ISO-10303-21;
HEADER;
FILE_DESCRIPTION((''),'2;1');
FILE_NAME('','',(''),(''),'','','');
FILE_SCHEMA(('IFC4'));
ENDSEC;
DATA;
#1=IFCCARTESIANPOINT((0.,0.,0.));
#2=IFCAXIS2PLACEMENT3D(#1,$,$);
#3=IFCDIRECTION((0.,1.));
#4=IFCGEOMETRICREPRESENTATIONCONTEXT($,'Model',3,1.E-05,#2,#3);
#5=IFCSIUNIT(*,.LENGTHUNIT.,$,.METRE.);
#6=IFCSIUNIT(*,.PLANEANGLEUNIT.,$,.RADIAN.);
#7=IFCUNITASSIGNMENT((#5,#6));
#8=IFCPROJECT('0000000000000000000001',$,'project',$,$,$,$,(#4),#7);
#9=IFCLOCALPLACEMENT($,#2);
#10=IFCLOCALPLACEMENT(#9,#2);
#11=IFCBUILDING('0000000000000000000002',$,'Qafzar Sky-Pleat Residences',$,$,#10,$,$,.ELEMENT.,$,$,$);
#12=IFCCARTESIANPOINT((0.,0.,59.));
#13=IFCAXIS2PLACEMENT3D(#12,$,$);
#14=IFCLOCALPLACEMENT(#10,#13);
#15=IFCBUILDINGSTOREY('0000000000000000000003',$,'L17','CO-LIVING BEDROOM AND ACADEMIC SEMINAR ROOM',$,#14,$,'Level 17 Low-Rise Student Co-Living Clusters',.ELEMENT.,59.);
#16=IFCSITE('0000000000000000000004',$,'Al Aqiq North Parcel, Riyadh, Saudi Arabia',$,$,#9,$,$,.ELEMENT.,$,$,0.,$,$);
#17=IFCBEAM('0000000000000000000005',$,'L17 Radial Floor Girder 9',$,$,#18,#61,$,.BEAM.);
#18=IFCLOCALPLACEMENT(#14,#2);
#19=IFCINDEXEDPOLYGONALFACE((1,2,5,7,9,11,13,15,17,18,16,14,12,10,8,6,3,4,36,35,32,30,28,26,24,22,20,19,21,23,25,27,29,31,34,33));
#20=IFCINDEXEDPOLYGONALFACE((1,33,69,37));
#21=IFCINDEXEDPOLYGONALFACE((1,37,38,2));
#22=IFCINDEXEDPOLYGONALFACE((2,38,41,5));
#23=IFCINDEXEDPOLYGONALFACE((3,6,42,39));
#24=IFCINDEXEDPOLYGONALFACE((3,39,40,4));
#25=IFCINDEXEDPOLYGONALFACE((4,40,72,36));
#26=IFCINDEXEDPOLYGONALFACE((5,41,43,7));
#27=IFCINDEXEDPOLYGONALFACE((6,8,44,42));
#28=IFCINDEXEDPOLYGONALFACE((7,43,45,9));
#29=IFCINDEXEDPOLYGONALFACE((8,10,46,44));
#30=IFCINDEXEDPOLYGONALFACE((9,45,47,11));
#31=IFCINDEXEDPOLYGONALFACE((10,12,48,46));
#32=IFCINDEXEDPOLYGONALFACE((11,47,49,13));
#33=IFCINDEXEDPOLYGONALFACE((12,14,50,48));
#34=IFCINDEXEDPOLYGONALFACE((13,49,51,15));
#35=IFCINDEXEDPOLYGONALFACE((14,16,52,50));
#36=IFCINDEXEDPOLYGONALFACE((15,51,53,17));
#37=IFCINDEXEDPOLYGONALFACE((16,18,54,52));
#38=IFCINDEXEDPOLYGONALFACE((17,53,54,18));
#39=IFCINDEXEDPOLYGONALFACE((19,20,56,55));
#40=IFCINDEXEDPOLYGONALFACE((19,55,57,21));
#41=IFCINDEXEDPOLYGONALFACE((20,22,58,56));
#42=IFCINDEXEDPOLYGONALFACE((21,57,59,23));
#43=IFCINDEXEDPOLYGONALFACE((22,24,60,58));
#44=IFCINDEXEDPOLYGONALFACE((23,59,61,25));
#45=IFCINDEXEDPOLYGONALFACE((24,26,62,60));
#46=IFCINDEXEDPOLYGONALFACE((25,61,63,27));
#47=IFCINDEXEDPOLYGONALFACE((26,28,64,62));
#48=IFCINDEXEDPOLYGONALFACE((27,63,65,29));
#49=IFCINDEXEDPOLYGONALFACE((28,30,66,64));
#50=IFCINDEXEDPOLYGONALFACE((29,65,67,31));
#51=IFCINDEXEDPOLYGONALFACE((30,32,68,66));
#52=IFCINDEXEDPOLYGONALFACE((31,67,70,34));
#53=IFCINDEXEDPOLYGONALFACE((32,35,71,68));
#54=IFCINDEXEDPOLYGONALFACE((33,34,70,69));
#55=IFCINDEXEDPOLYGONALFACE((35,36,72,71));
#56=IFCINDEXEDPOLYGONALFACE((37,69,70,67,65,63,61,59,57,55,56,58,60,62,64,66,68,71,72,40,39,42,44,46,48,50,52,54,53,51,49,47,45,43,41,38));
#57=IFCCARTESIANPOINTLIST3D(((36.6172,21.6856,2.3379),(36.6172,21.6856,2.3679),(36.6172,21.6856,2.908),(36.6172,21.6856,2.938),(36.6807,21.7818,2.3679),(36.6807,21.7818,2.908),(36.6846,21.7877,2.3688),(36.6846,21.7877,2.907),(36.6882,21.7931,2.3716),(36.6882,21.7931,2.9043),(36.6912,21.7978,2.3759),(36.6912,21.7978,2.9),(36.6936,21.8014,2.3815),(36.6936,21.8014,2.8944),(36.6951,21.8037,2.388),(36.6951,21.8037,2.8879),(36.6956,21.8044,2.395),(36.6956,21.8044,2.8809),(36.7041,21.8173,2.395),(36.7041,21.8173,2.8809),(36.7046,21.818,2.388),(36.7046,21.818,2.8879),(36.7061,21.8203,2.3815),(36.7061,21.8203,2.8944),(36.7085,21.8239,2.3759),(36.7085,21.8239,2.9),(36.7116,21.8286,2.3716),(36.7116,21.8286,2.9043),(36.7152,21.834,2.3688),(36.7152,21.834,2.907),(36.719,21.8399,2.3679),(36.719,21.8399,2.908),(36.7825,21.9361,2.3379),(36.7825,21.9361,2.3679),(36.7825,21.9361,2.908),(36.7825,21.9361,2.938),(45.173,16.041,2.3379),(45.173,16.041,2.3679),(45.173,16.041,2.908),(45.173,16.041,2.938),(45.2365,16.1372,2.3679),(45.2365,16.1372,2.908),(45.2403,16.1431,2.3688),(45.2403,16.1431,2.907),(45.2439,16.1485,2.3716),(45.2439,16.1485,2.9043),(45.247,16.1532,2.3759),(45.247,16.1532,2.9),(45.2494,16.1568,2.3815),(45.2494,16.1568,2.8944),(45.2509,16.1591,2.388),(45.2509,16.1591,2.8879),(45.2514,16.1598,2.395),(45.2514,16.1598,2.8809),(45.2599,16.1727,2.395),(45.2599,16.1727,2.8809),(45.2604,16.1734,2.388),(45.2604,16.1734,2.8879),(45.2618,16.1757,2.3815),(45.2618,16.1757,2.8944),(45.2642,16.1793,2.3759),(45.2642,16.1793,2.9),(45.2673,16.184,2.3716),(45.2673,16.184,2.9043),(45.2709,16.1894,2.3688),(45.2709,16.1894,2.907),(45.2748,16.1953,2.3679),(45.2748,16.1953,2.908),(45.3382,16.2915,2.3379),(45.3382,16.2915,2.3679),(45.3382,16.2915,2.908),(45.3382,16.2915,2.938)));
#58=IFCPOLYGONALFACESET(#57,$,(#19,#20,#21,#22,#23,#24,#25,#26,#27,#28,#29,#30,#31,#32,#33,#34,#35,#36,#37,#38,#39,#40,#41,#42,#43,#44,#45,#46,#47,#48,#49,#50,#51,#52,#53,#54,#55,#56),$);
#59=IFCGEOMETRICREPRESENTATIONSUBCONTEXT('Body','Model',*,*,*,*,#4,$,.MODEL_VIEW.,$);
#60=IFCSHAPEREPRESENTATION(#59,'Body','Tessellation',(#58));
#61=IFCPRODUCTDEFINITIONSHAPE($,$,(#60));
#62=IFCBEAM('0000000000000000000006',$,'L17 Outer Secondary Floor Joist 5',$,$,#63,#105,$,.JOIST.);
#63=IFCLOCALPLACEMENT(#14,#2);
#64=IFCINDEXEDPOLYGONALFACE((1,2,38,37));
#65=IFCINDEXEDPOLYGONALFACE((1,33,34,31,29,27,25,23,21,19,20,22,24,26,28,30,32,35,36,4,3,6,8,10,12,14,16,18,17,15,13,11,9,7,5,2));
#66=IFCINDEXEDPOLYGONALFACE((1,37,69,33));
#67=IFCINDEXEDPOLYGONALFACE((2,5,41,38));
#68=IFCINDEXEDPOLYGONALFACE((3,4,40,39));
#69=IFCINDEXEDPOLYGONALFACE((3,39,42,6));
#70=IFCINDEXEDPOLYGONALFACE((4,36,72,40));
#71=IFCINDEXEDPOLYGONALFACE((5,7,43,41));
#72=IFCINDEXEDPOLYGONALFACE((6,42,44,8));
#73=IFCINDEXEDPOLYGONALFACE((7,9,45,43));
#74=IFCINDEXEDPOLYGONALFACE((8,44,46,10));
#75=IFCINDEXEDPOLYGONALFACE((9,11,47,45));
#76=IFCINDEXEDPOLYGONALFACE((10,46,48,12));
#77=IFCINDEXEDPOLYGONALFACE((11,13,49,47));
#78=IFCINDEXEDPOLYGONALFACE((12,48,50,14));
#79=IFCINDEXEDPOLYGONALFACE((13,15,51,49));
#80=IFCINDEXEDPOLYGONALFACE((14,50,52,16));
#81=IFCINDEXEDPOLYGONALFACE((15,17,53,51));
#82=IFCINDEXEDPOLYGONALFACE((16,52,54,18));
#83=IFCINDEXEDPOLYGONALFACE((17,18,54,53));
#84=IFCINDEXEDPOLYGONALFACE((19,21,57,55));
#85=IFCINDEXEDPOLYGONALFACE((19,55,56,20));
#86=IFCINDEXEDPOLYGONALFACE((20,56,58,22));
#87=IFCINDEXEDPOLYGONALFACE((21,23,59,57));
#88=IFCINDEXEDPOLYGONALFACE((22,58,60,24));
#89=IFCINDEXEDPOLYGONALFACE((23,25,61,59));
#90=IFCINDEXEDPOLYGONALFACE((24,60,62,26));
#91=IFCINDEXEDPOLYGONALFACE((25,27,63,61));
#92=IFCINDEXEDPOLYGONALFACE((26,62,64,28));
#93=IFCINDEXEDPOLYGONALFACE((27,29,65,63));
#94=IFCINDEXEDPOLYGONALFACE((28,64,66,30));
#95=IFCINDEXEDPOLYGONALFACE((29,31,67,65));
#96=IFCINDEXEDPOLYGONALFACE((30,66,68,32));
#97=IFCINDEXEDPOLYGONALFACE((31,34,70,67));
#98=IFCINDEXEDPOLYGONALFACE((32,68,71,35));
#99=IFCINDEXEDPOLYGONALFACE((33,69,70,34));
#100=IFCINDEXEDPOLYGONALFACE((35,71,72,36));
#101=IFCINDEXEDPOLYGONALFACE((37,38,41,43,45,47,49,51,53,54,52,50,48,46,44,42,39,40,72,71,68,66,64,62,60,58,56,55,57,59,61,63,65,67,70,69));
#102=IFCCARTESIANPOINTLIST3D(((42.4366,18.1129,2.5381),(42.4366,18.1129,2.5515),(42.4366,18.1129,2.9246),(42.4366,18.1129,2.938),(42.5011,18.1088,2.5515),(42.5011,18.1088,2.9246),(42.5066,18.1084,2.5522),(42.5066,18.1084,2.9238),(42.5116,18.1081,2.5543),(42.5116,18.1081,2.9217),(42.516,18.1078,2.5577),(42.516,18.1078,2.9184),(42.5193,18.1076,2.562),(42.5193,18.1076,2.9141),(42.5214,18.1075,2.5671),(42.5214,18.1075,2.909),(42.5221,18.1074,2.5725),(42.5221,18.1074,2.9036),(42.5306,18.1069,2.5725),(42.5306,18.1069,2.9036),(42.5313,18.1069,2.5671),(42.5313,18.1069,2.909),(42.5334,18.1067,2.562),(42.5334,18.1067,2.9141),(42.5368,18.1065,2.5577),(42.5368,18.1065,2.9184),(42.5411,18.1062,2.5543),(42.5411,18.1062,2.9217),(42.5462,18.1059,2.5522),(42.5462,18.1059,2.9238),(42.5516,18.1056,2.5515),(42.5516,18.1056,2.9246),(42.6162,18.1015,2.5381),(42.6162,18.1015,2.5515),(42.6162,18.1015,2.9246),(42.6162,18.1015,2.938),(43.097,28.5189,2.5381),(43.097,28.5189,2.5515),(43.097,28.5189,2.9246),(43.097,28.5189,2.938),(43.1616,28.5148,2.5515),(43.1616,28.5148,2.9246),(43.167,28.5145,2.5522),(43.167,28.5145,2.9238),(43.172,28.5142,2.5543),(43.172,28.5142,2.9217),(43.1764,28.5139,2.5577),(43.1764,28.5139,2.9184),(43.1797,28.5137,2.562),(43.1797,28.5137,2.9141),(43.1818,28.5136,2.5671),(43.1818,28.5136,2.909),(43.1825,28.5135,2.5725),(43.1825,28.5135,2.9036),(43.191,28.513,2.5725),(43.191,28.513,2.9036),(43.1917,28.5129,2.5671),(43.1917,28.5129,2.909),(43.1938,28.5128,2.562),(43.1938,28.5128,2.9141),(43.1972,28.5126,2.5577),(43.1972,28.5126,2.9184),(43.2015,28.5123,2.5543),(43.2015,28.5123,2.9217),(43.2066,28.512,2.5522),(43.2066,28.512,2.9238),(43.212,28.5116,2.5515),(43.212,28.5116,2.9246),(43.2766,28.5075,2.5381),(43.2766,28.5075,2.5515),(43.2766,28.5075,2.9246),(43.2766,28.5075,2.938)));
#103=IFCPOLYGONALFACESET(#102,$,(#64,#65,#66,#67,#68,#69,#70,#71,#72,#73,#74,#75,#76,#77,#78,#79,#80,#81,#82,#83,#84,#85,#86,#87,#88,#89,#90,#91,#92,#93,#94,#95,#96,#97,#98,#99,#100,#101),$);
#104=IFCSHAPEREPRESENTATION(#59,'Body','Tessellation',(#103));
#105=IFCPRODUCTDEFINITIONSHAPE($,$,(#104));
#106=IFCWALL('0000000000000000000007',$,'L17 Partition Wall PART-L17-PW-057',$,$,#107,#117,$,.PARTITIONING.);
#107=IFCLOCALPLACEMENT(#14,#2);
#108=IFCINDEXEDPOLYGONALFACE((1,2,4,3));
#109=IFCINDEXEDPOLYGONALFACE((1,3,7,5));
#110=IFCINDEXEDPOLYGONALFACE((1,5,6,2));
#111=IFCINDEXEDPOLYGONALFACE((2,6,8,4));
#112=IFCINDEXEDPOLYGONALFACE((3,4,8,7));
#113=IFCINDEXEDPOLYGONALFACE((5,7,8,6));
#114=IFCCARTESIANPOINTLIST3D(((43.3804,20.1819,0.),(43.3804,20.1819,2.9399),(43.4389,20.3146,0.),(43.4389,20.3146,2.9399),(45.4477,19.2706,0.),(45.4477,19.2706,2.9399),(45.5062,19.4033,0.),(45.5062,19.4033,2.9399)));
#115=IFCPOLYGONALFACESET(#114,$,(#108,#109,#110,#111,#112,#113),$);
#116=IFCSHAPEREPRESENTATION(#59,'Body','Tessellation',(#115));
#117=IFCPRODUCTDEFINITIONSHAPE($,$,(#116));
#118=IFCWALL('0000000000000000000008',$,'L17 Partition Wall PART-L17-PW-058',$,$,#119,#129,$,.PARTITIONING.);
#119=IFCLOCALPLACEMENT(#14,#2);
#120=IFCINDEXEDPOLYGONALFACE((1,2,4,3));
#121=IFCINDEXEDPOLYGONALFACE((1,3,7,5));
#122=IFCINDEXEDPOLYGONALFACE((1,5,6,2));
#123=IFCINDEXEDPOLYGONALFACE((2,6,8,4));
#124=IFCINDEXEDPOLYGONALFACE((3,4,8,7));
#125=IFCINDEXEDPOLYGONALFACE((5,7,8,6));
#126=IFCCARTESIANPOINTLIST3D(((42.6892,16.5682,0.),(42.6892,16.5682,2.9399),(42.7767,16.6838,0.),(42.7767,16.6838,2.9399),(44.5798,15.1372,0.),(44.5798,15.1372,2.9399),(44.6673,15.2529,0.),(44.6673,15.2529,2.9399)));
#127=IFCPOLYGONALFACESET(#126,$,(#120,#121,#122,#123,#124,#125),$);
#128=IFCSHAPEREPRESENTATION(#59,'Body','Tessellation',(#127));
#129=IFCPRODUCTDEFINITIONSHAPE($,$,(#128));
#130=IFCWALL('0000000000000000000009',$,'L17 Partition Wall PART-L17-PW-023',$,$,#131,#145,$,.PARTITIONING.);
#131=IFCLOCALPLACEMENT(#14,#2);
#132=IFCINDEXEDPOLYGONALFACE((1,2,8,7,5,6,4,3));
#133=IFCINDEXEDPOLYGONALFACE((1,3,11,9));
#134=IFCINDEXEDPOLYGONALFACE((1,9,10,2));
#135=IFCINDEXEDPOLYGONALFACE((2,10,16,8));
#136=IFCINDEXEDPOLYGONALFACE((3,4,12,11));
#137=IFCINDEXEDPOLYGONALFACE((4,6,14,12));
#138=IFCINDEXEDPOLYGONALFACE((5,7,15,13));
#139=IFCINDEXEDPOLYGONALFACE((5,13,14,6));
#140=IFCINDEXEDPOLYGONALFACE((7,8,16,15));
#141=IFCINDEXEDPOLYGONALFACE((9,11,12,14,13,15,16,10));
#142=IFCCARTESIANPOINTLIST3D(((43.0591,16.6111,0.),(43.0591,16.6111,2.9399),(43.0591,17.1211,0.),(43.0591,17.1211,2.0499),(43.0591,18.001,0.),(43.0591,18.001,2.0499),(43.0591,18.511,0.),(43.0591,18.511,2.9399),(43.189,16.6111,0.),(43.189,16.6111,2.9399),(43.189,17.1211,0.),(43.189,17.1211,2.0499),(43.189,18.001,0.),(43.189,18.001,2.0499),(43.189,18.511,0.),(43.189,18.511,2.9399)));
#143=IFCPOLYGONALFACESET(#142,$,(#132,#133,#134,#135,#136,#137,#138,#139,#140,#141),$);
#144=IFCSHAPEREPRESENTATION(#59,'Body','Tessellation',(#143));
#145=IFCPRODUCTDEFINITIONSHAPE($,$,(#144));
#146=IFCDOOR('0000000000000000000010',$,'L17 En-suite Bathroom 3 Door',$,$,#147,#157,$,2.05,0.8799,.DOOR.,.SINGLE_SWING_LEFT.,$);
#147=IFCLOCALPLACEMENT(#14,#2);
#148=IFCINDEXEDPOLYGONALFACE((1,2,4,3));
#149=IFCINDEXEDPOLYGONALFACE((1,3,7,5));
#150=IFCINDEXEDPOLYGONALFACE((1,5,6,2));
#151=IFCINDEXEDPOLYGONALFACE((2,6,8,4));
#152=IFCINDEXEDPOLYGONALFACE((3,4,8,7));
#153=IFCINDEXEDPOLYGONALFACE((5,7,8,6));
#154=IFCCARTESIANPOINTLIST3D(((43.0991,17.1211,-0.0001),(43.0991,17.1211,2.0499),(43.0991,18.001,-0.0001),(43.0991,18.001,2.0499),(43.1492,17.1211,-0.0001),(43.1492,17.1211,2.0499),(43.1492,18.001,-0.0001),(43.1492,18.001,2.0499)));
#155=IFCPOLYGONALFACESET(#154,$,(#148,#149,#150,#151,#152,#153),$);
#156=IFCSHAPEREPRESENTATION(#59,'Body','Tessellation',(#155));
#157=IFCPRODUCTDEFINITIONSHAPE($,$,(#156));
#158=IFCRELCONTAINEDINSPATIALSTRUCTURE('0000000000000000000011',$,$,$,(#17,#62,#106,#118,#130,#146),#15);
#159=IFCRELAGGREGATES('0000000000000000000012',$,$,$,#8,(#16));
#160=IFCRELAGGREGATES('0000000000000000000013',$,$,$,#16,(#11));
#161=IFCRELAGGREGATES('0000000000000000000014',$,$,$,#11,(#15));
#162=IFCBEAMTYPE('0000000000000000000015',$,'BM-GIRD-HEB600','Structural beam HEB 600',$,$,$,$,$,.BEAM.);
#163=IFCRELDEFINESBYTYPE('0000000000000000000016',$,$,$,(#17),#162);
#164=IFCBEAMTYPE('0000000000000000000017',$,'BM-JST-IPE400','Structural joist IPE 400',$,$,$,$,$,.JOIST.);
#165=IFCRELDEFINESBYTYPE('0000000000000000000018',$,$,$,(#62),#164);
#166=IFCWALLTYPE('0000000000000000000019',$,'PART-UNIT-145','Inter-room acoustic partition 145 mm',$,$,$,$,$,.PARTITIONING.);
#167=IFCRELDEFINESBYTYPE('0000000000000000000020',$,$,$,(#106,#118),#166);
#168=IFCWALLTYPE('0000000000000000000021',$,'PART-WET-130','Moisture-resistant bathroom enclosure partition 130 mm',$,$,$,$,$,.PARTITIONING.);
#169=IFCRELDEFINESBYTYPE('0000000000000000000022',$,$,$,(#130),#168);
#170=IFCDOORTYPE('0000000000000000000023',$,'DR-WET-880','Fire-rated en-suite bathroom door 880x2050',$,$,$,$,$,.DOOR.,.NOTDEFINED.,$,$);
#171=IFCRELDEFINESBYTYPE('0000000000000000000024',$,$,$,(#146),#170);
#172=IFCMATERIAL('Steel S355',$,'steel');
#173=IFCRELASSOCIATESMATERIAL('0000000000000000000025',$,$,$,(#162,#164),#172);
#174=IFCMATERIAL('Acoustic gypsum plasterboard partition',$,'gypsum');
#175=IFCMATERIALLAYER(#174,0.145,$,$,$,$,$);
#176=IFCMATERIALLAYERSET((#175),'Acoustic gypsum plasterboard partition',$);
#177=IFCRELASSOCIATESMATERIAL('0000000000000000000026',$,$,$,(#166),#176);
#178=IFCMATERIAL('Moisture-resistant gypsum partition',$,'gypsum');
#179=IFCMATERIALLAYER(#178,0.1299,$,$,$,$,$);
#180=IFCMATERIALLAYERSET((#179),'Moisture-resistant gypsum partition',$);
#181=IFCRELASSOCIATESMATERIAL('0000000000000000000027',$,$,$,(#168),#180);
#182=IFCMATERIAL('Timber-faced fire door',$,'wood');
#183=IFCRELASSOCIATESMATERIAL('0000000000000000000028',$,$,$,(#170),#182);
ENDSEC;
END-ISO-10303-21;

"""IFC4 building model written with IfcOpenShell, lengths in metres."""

from ifc_helpers import new_model, si_unit, direction, frame, frame_2d, origin, origin_2d, place, context, subcontext, project, spatial, rectangle, i_section, extrude, source, transform, mapped, material, layer, layer_set, material_profile, profile_set, type_object, element, fill, save


model = new_model("IFC4")

# Units and contexts
model_context = context("Model", 3, precision=1e-05, world=origin(), true_north=direction((0.0, 1.0)))
body_context = subcontext(model_context, "Body", "Model", "MODEL_VIEW")
ifc_project = project(units=[si_unit("LENGTHUNIT", "METRE"), si_unit("PLANEANGLEUNIT", "RADIAN")], contexts=[model_context])

# Site, building, storey
site_placement = place(None, origin())
site = spatial("IfcSite", under=ifc_project, at=site_placement, Name="Al Aqiq North Parcel, Riyadh, Saudi Arabia", CompositionType="ELEMENT", RefElevation=0.0)
building_placement = place(site_placement, origin())
building = spatial("IfcBuilding", under=site, at=building_placement, Name="Qafzar Sky-Pleat Residences", CompositionType="ELEMENT")
storey_placement = place(building_placement, frame((0.0, 0.0, 59.0)))
storey = spatial("IfcBuildingStorey", under=building, at=storey_placement, Name="L17", Description="CO-LIVING BEDROOM AND ACADEMIC SEMINAR ROOM", LongName="Level 17 Low-Rise Student Co-Living Clusters", CompositionType="ELEMENT", Elevation=59.0)

# Beams
ifc_material_1 = material(Name="Steel S355", Category="steel")
ifc_material_profile_1 = material_profile(ifc_material_1, i_section(OverallWidth=0.3, OverallDepth=0.6001, WebThickness=0.0154, FlangeThickness=0.03, FilletRadius=0.0271, at=origin_2d()), Name="HEB 600")
ifc_profile_set_1 = profile_set([ifc_material_profile_1], Name="Steel S355")
beam_type_1 = type_object("IfcBeamType", Name="BM-GIRD-HEB600", Description="Structural beam HEB 600", PredefinedType="BEAM", material=ifc_profile_set_1)
shared_shape_1 = source(origin(), body_context, "Body", "SweptSolid", [
    extrude(i_section(OverallWidth=0.3, OverallDepth=0.6001, WebThickness=0.0154, FlangeThickness=0.03, FilletRadius=0.0271, at=origin_2d()), origin(), (0.0, 0.0, 1.0), 10.25),
])
beam_1_placement = place(storey_placement, frame((45.2556, 16.1663, 2.6379), z_axis=(-0.834708, 0.550692, 0.0), x_axis=(-0.550692, -0.834708, 0.0)))
element("IfcBeam", 1, at=beam_1_placement, inside=storey, type_object=beam_type_1, Name="L17 Radial Floor Girder 9", PredefinedType="BEAM", context=body_context, shape_type="MappedRepresentation", body=[
    mapped(shared_shape_1, transform((0.0, 0.0, 0.0), x_axis=(1.0, 0.0, 0.0), y_axis=(0.0, 1.0, 0.0), z_axis=(0.0, 0.0, 1.0), scale=1.0)),
])
ifc_material_profile_2 = material_profile(ifc_material_1, i_section(OverallWidth=0.1799, OverallDepth=0.3999, WebThickness=0.0085, FlangeThickness=0.0134, FilletRadius=0.021, at=origin_2d()), Name="IPE 400")
ifc_profile_set_2 = profile_set([ifc_material_profile_2], Name="Steel S355")
beam_type_2 = type_object("IfcBeamType", Name="BM-JST-IPE400", Description="Structural joist IPE 400", PredefinedType="JOIST", material=ifc_profile_set_2)
shared_shape_2 = source(origin(), body_context, "Body", "SweptSolid", [
    extrude(i_section(OverallWidth=0.1799, OverallDepth=0.3999, WebThickness=0.0085, FlangeThickness=0.0134, FilletRadius=0.021, at=origin_2d()), origin(), (0.0, 0.0, 1.0), 10.427),
])
beam_2_placement = place(storey_placement, frame((42.5264, 18.1072, 2.738), z_axis=(0.063336, 0.997992, 0.0), x_axis=(-0.997992, 0.063336, 0.0)))
element("IfcBeam", 2, at=beam_2_placement, inside=storey, type_object=beam_type_2, Name="L17 Outer Secondary Floor Joist 5", PredefinedType="JOIST", context=body_context, shape_type="MappedRepresentation", body=[
    mapped(shared_shape_2, transform((0.0, 0.0, 0.0), x_axis=(1.0, 0.0, 0.0), y_axis=(0.0, 1.0, 0.0), z_axis=(0.0, 0.0, 1.0), scale=1.0)),
])

# Walls
ifc_material_2 = material(Name="Acoustic gypsum plasterboard partition", Category="gypsum")
ifc_layer_1 = layer(ifc_material_2, 0.145)
ifc_layer_set_1 = layer_set([ifc_layer_1], Name="Acoustic gypsum plasterboard partition")
wall_type_1 = type_object("IfcWallType", Name="PART-UNIT-145", Description="Inter-room acoustic partition 145 mm", PredefinedType="PARTITIONING", material=ifc_layer_set_1)
wall_1_placement = place(storey_placement, frame((43.4097, 20.2483, 0.0), z_axis=(0.0, 0.0, 1.0), x_axis=(0.915033, -0.403379, 0.0)))
element("IfcWall", 3, at=wall_1_placement, inside=storey, type_object=wall_type_1, Name="L17 Partition Wall PART-L17-PW-057", PredefinedType="PARTITIONING", context=body_context, shape_type="SweptSolid", body=[
    extrude(rectangle(XDim=2.2593, YDim=0.145, at=frame_2d((1.1296, 0.0))), origin(), (0.0, 0.0, 1.0), 2.9399),
])
wall_2_placement = place(storey_placement, frame((42.7329, 16.626, 0.0), z_axis=(0.0, 0.0, 1.0), x_axis=(0.797373, -0.603487, 0.0)))
element("IfcWall", 4, at=wall_2_placement, inside=storey, type_object=wall_type_1, Name="L17 Partition Wall PART-L17-PW-058", PredefinedType="PARTITIONING", context=body_context, shape_type="SweptSolid", body=[
    extrude(rectangle(XDim=2.3711, YDim=0.145, at=frame_2d((1.1855, 0.0))), origin(), (0.0, 0.0, 1.0), 2.9399),
])

# Wall, opening, door
ifc_material_3 = material(Name="Moisture-resistant gypsum partition", Category="gypsum")
ifc_layer_2 = layer(ifc_material_3, 0.1299)
ifc_layer_set_2 = layer_set([ifc_layer_2], Name="Moisture-resistant gypsum partition")
wall_type_2 = type_object("IfcWallType", Name="PART-WET-130", Description="Moisture-resistant bathroom enclosure partition 130 mm", PredefinedType="PARTITIONING", material=ifc_layer_set_2)
wall_3_placement = place(storey_placement, frame((43.124, 16.6111, 0.0), z_axis=(0.0, 0.0, 1.0), x_axis=(0.0, 1.0, 0.0)))
wall_3 = element("IfcWall", 5, at=wall_3_placement, inside=storey, type_object=wall_type_2, Name="L17 Partition Wall PART-L17-PW-023", PredefinedType="PARTITIONING", context=body_context, shape_type="SweptSolid", body=[
    extrude(rectangle(XDim=1.8999, YDim=0.1299, at=frame_2d((0.95, 0.0))), origin(), (0.0, 0.0, 1.0), 2.9399),
])
opening_1_placement = place(wall_3_placement, frame((0.51, 0.0, 0.0)))
opening_1 = element("IfcOpeningElement", 6, at=opening_1_placement, cuts=wall_3, PredefinedType="OPENING", context=body_context, shape_type="SweptSolid", body=[
    extrude(rectangle(XDim=0.8799, YDim=2.05, at=frame_2d((0.4399, 1.0249))), frame((0.0, 0.075, 0.0), z_axis=(0.0, -1.0, 0.0), x_axis=(1.0, 0.0, 0.0)), (0.0, 0.0, 1.0), 0.1499),
])
ifc_material_4 = material(Name="Timber-faced fire door", Category="wood")
door_type = type_object("IfcDoorType", Name="DR-WET-880", Description="Fire-rated en-suite bathroom door 880x2050", OperationType="NOTDEFINED", PredefinedType="DOOR", material=ifc_material_4)
shared_shape_3 = source(origin(), body_context, "Body", "SweptSolid", [
    extrude(rectangle(XDim=0.8799, YDim=2.05, at=frame_2d((0.4399, 1.0249))), frame((0.0, 0.0249, 0.0), z_axis=(0.0, -1.0, 0.0), x_axis=(1.0, 0.0, 0.0)), (0.0, 0.0, 1.0), 0.05),
])
door_1_placement = place(opening_1_placement, origin())
door_1 = element("IfcDoor", 7, at=door_1_placement, inside=storey, type_object=door_type, Name="L17 En-suite Bathroom 3 Door", OperationType="SINGLE_SWING_LEFT", OverallHeight=2.05, OverallWidth=0.8799, PredefinedType="DOOR", context=body_context, shape_type="MappedRepresentation", body=[
    mapped(shared_shape_3, transform((0.0, 0.0, 0.0), x_axis=(1.0, 0.0, 0.0), y_axis=(0.0, 1.0, 0.0), z_axis=(0.0, 0.0, 1.0), scale=1.0)),
])
fill(opening_1, door_1)

save(model, "model.ifc")
